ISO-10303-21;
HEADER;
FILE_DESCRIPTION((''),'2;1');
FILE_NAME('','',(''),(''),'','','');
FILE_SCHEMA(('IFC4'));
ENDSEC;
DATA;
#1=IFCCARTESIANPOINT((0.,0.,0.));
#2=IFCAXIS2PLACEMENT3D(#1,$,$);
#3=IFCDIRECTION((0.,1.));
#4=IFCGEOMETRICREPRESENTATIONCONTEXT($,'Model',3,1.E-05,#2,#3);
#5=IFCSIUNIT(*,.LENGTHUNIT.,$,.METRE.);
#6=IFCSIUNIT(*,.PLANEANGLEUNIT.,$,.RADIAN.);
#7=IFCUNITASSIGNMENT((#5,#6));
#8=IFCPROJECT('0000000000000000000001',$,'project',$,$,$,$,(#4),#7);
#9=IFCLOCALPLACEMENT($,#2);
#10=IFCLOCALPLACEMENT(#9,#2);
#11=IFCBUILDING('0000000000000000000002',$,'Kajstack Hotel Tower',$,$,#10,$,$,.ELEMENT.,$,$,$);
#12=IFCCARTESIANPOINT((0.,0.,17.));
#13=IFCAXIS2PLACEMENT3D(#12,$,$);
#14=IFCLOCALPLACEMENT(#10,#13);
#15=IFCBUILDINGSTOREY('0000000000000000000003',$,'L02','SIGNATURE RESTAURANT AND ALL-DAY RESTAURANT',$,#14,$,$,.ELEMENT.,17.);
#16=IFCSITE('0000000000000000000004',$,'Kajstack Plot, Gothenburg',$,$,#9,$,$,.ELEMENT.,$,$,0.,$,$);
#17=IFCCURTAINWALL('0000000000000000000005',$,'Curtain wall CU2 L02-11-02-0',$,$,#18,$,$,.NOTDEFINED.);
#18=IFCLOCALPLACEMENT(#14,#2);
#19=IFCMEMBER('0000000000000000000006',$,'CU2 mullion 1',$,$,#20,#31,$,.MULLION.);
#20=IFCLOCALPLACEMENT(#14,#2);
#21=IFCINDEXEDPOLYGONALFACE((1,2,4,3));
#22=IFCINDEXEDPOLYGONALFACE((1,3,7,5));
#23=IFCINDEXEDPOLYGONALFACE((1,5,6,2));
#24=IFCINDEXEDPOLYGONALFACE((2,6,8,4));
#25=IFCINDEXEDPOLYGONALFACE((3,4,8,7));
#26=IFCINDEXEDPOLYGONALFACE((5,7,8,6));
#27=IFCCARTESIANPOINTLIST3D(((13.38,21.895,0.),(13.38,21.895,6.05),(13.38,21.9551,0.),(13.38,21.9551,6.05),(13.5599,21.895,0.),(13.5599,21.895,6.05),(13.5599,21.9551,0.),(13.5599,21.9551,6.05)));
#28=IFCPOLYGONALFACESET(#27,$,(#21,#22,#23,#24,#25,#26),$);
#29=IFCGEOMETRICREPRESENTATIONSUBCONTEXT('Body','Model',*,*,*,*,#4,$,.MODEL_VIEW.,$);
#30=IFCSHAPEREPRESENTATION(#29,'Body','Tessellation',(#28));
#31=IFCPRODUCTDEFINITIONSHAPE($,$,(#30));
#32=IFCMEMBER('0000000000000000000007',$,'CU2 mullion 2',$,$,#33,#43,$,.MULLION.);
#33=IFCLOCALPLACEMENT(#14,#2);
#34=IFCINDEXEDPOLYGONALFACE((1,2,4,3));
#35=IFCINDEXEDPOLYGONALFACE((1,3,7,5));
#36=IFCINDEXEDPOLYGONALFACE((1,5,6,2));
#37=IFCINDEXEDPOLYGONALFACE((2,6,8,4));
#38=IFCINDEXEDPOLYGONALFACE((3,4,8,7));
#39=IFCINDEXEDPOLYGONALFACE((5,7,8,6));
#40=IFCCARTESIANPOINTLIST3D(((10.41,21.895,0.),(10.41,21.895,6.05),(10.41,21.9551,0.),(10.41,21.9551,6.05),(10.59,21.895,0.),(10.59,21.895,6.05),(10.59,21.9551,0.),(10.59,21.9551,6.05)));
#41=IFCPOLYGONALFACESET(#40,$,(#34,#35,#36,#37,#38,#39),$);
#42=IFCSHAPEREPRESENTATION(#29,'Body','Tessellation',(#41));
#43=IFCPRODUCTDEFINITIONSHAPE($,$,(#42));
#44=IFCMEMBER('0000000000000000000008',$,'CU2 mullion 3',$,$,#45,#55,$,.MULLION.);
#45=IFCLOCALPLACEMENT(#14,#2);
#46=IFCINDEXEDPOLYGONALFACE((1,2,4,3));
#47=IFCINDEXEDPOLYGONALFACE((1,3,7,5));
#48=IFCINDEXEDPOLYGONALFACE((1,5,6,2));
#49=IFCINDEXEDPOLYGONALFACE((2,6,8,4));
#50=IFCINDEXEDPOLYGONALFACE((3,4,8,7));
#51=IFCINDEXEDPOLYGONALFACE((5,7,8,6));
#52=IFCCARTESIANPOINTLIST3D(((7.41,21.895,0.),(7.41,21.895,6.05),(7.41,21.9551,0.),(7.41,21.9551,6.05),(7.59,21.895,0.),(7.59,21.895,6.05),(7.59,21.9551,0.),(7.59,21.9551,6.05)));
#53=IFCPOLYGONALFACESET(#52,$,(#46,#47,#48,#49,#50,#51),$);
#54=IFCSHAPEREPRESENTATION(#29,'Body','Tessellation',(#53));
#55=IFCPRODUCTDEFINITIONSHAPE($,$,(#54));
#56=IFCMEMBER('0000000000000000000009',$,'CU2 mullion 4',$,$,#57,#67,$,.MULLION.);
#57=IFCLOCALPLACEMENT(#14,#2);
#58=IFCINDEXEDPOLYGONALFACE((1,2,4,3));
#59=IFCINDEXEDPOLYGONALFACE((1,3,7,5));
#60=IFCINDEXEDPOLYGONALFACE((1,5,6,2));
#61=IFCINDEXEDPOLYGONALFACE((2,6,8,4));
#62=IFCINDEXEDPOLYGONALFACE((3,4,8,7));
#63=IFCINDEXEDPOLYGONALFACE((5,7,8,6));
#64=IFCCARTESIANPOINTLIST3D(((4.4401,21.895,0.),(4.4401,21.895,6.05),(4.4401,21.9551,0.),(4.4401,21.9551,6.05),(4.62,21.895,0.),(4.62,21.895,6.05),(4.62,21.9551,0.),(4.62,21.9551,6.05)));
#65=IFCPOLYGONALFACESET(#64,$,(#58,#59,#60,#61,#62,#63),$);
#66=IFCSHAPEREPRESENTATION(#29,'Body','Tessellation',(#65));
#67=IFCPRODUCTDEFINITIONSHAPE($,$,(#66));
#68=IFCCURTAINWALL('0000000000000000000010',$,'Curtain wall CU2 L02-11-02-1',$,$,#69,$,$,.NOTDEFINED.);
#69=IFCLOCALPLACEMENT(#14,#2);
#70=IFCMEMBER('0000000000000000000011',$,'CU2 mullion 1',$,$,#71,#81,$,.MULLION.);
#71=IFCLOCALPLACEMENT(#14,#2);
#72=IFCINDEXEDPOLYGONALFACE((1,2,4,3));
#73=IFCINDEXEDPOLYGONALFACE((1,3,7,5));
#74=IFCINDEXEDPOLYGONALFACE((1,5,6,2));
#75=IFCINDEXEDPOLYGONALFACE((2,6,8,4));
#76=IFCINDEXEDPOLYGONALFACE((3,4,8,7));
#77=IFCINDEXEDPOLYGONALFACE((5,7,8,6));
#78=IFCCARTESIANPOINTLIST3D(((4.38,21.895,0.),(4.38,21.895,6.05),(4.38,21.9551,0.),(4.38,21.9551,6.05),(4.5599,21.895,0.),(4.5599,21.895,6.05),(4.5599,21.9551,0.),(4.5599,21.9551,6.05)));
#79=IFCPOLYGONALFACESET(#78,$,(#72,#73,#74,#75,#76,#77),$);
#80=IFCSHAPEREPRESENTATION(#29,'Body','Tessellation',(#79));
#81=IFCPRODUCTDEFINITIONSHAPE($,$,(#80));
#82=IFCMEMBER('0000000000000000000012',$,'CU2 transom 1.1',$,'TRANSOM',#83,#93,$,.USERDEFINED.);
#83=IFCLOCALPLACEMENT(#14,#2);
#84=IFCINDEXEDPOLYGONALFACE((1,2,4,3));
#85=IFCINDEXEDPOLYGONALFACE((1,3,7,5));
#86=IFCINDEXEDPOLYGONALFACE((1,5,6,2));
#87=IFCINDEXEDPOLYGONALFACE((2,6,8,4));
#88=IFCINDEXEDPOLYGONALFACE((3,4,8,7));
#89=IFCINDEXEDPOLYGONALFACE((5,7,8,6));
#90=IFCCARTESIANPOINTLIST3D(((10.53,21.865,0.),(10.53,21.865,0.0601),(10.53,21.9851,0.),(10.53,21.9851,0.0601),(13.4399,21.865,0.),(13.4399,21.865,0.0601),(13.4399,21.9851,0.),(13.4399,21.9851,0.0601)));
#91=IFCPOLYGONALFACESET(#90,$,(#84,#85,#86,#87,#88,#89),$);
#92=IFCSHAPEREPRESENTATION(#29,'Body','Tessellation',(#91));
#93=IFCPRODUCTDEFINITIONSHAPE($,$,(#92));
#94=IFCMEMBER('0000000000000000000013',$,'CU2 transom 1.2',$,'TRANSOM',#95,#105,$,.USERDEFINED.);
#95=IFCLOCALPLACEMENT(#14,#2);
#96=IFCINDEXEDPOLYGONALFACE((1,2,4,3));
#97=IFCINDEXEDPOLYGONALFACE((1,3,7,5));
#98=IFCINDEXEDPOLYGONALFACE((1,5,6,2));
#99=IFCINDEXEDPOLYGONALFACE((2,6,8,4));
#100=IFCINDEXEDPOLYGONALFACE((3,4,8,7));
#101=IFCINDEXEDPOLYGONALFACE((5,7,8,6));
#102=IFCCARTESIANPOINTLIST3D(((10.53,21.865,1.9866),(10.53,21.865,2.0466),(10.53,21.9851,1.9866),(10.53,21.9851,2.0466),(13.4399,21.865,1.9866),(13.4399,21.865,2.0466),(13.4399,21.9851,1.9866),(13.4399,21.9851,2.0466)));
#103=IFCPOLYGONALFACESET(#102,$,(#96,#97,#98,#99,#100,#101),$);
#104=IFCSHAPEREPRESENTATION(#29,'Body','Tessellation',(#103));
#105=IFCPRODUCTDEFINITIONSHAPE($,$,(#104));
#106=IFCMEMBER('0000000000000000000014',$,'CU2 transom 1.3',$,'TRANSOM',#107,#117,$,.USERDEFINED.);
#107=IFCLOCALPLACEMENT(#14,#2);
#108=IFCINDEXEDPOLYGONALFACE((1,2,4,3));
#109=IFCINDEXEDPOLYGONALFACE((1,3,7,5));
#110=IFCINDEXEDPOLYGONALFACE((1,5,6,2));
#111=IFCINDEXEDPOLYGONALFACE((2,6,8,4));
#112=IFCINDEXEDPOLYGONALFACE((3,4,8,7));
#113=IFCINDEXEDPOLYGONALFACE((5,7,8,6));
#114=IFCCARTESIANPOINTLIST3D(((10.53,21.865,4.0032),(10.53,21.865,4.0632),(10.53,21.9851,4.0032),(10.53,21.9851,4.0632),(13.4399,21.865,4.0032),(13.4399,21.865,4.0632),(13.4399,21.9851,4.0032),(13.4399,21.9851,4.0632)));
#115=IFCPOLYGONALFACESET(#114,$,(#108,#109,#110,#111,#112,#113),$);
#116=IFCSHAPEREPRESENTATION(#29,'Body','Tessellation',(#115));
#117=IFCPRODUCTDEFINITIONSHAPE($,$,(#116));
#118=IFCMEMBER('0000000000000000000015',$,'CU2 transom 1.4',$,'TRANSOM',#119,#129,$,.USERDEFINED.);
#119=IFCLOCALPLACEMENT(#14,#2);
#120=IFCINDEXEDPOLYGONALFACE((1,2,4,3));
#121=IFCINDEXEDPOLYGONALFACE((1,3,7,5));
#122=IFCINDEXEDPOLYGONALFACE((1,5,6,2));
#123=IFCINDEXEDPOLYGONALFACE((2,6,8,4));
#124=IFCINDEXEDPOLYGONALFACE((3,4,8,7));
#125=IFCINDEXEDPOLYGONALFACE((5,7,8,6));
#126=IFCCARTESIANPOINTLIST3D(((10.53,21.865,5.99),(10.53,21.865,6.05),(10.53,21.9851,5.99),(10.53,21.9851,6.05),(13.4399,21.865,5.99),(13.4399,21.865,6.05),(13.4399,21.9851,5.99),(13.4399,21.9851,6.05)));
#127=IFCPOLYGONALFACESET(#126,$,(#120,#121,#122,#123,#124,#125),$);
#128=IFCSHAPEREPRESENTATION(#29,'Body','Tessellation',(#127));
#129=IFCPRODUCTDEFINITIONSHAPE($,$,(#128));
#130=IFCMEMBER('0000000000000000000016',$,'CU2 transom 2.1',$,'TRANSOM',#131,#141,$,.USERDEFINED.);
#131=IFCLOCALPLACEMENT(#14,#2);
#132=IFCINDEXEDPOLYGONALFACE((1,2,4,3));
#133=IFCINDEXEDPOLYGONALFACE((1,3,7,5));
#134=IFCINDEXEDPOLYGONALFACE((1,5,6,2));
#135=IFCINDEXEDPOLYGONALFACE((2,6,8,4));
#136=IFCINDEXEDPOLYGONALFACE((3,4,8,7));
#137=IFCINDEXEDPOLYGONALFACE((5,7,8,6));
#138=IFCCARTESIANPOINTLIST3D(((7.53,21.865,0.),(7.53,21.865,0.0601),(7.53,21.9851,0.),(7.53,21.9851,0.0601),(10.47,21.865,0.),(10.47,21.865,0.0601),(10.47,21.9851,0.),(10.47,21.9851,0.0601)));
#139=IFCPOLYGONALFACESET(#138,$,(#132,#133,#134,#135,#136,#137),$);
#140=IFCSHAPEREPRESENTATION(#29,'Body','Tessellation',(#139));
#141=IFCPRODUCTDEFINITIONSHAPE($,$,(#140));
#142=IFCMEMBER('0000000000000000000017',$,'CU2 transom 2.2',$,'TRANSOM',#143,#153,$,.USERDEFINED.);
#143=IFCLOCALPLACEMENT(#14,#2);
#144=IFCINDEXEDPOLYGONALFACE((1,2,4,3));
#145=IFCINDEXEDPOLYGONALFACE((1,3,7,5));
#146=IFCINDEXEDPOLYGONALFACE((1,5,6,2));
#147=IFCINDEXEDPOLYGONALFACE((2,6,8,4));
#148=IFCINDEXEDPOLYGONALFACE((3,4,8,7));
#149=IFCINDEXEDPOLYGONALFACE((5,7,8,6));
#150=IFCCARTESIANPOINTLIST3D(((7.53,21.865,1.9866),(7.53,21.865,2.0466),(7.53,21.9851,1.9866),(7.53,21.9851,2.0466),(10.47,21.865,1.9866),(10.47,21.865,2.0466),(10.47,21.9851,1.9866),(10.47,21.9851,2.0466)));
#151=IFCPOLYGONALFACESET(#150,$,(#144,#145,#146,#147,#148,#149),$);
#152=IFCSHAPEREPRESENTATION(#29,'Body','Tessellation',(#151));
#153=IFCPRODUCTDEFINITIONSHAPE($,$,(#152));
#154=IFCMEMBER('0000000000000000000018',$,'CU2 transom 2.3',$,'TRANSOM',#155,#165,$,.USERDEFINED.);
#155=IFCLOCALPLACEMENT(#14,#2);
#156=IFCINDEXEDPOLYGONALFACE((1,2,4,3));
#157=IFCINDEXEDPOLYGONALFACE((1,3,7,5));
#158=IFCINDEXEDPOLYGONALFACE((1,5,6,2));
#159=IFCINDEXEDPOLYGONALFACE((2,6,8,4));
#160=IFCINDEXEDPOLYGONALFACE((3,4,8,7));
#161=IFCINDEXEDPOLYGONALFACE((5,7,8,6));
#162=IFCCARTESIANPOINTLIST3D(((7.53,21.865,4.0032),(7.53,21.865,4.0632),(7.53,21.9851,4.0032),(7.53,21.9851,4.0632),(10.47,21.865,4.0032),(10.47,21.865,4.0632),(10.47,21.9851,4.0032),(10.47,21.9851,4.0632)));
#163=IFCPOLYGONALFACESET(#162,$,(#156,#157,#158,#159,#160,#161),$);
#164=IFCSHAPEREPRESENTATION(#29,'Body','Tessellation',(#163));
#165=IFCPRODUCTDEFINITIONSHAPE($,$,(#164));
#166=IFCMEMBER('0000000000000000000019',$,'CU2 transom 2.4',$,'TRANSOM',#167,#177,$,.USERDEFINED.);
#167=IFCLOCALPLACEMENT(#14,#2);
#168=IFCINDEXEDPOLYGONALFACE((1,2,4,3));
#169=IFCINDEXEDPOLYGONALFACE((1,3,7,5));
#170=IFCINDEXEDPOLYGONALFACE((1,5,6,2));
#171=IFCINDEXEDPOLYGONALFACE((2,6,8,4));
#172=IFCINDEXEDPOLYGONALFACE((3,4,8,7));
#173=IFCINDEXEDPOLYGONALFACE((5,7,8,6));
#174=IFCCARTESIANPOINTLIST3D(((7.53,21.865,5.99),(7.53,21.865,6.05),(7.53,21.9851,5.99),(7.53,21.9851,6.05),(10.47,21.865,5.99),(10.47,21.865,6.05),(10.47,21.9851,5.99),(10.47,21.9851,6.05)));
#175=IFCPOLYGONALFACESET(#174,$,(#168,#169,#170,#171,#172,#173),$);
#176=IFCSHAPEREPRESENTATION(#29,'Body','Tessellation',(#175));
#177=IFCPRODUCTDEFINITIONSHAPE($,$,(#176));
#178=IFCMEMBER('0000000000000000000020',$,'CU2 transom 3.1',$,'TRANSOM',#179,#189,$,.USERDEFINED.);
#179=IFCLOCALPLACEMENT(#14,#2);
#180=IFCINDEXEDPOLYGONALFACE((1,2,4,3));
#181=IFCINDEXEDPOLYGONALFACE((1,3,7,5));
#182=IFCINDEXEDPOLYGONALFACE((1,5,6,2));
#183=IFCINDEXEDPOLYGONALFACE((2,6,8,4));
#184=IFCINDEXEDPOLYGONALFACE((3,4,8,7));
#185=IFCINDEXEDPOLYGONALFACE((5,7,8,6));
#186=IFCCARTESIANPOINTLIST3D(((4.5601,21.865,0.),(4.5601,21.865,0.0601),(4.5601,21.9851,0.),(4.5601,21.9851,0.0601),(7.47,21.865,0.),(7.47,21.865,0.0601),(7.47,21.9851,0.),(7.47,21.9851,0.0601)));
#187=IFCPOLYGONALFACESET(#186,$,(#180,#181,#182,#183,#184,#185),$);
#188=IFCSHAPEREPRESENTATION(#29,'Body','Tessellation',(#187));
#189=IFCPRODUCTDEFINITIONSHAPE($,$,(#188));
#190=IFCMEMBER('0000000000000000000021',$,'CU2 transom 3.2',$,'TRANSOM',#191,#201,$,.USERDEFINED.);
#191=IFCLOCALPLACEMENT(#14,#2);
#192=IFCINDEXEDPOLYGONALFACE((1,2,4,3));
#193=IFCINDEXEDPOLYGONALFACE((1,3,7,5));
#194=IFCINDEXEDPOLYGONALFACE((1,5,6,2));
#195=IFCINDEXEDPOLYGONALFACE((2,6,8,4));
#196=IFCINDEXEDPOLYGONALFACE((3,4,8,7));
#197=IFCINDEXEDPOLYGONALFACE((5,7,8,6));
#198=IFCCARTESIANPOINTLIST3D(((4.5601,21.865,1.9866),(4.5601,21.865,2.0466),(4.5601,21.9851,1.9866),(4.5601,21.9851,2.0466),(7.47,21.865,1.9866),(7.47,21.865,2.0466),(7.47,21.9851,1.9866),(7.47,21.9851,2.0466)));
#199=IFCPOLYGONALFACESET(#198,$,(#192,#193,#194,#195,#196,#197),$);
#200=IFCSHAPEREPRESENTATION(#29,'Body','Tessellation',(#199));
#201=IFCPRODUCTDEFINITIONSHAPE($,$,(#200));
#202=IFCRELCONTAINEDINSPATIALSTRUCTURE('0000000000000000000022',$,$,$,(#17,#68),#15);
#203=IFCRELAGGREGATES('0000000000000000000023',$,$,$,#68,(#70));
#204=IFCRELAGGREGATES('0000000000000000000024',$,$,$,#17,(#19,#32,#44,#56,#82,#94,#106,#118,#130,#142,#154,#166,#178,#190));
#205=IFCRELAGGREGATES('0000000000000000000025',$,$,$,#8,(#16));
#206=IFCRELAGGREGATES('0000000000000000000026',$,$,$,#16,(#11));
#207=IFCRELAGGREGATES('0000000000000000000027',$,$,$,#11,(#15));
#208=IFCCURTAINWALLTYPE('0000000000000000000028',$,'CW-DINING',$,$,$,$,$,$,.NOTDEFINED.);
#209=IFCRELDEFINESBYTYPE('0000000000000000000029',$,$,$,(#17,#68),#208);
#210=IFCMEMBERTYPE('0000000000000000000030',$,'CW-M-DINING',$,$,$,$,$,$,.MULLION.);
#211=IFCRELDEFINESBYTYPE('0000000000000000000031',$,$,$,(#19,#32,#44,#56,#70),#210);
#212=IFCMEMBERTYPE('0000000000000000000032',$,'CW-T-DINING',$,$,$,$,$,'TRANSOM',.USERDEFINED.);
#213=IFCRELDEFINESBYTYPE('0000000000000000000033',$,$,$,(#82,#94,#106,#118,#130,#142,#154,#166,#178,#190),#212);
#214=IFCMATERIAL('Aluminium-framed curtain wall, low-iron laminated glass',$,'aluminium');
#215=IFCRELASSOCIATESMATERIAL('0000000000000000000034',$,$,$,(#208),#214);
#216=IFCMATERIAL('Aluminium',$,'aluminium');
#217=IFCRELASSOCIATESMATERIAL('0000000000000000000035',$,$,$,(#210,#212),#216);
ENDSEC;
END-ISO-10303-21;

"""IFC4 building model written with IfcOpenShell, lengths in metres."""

from ifc_helpers import new_model, si_unit, direction, frame, origin, origin_2d, place, context, subcontext, project, spatial, rectangle, extrude, material, material_profile, profile_set, type_object, element, aggregate, save


model = new_model("IFC4")

# Units and contexts
model_context = context("Model", 3, precision=1e-05, world=origin(), true_north=direction((0.0, 1.0)))
body_context = subcontext(model_context, "Body", "Model", "MODEL_VIEW")
ifc_project = project(units=[si_unit("LENGTHUNIT", "METRE"), si_unit("PLANEANGLEUNIT", "RADIAN")], contexts=[model_context])

# Site, building, storey
site_placement = place(None, origin())
site = spatial("IfcSite", under=ifc_project, at=site_placement, Name="Kajstack Plot, Gothenburg", CompositionType="ELEMENT", RefElevation=0.0)
building_placement = place(site_placement, origin())
building = spatial("IfcBuilding", under=site, at=building_placement, Name="Kajstack Hotel Tower", CompositionType="ELEMENT")
storey_placement = place(building_placement, frame((0.0, 0.0, 17.0)))
storey = spatial("IfcBuildingStorey", under=building, at=storey_placement, Name="L02", Description="SIGNATURE RESTAURANT AND ALL-DAY RESTAURANT", CompositionType="ELEMENT", Elevation=17.0)

# Curtain wall, members
ifc_material_1 = material(Name="Aluminium-framed curtain wall, low-iron laminated glass", Category="aluminium")
curtain_wall_type = type_object("IfcCurtainWallType", Name="CW-DINING", PredefinedType="NOTDEFINED", material=ifc_material_1)
curtain_wall_1_placement = place(storey_placement, origin())
curtain_wall_1 = element("IfcCurtainWall", 1, at=curtain_wall_1_placement, inside=storey, type_object=curtain_wall_type, Name="Curtain wall CU2 L02-11-02-0", PredefinedType="NOTDEFINED")
ifc_material_2 = material(Name="Aluminium", Category="aluminium")
ifc_material_profile_1 = material_profile(ifc_material_2, rectangle(XDim=0.0601, YDim=0.1799, at=origin_2d()), Name="Aluminium mullion 60 x 180")
ifc_profile_set_1 = profile_set([ifc_material_profile_1], Name="Aluminium")
member_type_1 = type_object("IfcMemberType", Name="CW-M-DINING", PredefinedType="MULLION", material=ifc_profile_set_1)
member_1_placement = place(storey_placement, frame((13.47, 21.925, 0.0), z_axis=(0.0, 0.0, 1.0), x_axis=(0.0, -1.0, 0.0)))
member_1 = element("IfcMember", 2, at=member_1_placement, type_object=member_type_1, Name="CU2 mullion 1", PredefinedType="MULLION", context=body_context, shape_type="SweptSolid", body=[
    extrude(rectangle(XDim=0.0601, YDim=0.1799, at=origin_2d()), origin(), (0.0, 0.0, 1.0), 6.05),
])
member_2_placement = place(storey_placement, frame((10.5, 21.925, 0.0), z_axis=(0.0, 0.0, 1.0), x_axis=(0.0, -1.0, 0.0)))
member_2 = element("IfcMember", 3, at=member_2_placement, type_object=member_type_1, Name="CU2 mullion 2", PredefinedType="MULLION", context=body_context, shape_type="SweptSolid", body=[
    extrude(rectangle(XDim=0.0601, YDim=0.1799, at=origin_2d()), origin(), (0.0, 0.0, 1.0), 6.05),
])
member_3_placement = place(storey_placement, frame((7.5, 21.925, 0.0), z_axis=(0.0, 0.0, 1.0), x_axis=(0.0, -1.0, 0.0)))
member_3 = element("IfcMember", 4, at=member_3_placement, type_object=member_type_1, Name="CU2 mullion 3", PredefinedType="MULLION", context=body_context, shape_type="SweptSolid", body=[
    extrude(rectangle(XDim=0.0601, YDim=0.1799, at=origin_2d()), origin(), (0.0, 0.0, 1.0), 6.05),
])
member_4_placement = place(storey_placement, frame((4.53, 21.925, 0.0), z_axis=(0.0, 0.0, 1.0), x_axis=(0.0, -1.0, 0.0)))
member_4 = element("IfcMember", 5, at=member_4_placement, type_object=member_type_1, Name="CU2 mullion 4", PredefinedType="MULLION", context=body_context, shape_type="SweptSolid", body=[
    extrude(rectangle(XDim=0.0601, YDim=0.1799, at=origin_2d()), origin(), (0.0, 0.0, 1.0), 6.05),
])

# Curtain wall, member
curtain_wall_2_placement = place(storey_placement, origin())
curtain_wall_2 = element("IfcCurtainWall", 6, at=curtain_wall_2_placement, inside=storey, type_object=curtain_wall_type, Name="Curtain wall CU2 L02-11-02-1", PredefinedType="NOTDEFINED")
member_5_placement = place(storey_placement, frame((4.47, 21.925, 0.0), z_axis=(0.0, 0.0, 1.0), x_axis=(0.0, -1.0, 0.0)))
member_5 = element("IfcMember", 7, at=member_5_placement, type_object=member_type_1, Name="CU2 mullion 1", PredefinedType="MULLION", context=body_context, shape_type="SweptSolid", body=[
    extrude(rectangle(XDim=0.0601, YDim=0.1799, at=origin_2d()), origin(), (0.0, 0.0, 1.0), 6.05),
])
aggregate(curtain_wall_2, [member_5])

# Members
ifc_material_profile_2 = material_profile(ifc_material_2, rectangle(XDim=0.1201, YDim=0.0601, at=origin_2d()), Name="Aluminium transom 120 x 60")
ifc_profile_set_2 = profile_set([ifc_material_profile_2], Name="Aluminium")
member_type_2 = type_object("IfcMemberType", Name="CW-T-DINING", ElementType="TRANSOM", PredefinedType="USERDEFINED", material=ifc_profile_set_2)
member_6_placement = place(storey_placement, frame((13.4399, 21.925, 0.03), z_axis=(-1.0, 0.0, 0.0), x_axis=(0.0, -1.0, 0.0)))
member_6 = element("IfcMember", 8, at=member_6_placement, type_object=member_type_2, Name="CU2 transom 1.1", ObjectType="TRANSOM", PredefinedType="USERDEFINED", context=body_context, shape_type="SweptSolid", body=[
    extrude(rectangle(XDim=0.1201, YDim=0.0601, at=origin_2d()), origin(), (0.0, 0.0, 1.0), 2.9099),
])
member_7_placement = place(storey_placement, frame((13.4399, 21.925, 2.0166), z_axis=(-1.0, 0.0, 0.0), x_axis=(0.0, -1.0, 0.0)))
member_7 = element("IfcMember", 9, at=member_7_placement, type_object=member_type_2, Name="CU2 transom 1.2", ObjectType="TRANSOM", PredefinedType="USERDEFINED", context=body_context, shape_type="SweptSolid", body=[
    extrude(rectangle(XDim=0.1201, YDim=0.0601, at=origin_2d()), origin(), (0.0, 0.0, 1.0), 2.9099),
])
member_8_placement = place(storey_placement, frame((13.4399, 21.925, 4.0332), z_axis=(-1.0, 0.0, 0.0), x_axis=(0.0, -1.0, 0.0)))
member_8 = element("IfcMember", 10, at=member_8_placement, type_object=member_type_2, Name="CU2 transom 1.3", ObjectType="TRANSOM", PredefinedType="USERDEFINED", context=body_context, shape_type="SweptSolid", body=[
    extrude(rectangle(XDim=0.1201, YDim=0.0601, at=origin_2d()), origin(), (0.0, 0.0, 1.0), 2.9099),
])
member_9_placement = place(storey_placement, frame((13.4399, 21.925, 6.02), z_axis=(-1.0, 0.0, 0.0), x_axis=(0.0, -1.0, 0.0)))
member_9 = element("IfcMember", 11, at=member_9_placement, type_object=member_type_2, Name="CU2 transom 1.4", ObjectType="TRANSOM", PredefinedType="USERDEFINED", context=body_context, shape_type="SweptSolid", body=[
    extrude(rectangle(XDim=0.1201, YDim=0.0601, at=origin_2d()), origin(), (0.0, 0.0, 1.0), 2.9099),
])
member_10_placement = place(storey_placement, frame((10.47, 21.925, 0.03), z_axis=(-1.0, 0.0, 0.0), x_axis=(0.0, -1.0, 0.0)))
member_10 = element("IfcMember", 12, at=member_10_placement, type_object=member_type_2, Name="CU2 transom 2.1", ObjectType="TRANSOM", PredefinedType="USERDEFINED", context=body_context, shape_type="SweptSolid", body=[
    extrude(rectangle(XDim=0.1201, YDim=0.0601, at=origin_2d()), origin(), (0.0, 0.0, 1.0), 2.9399),
])
member_11_placement = place(storey_placement, frame((10.47, 21.925, 2.0166), z_axis=(-1.0, 0.0, 0.0), x_axis=(0.0, -1.0, 0.0)))
member_11 = element("IfcMember", 13, at=member_11_placement, type_object=member_type_2, Name="CU2 transom 2.2", ObjectType="TRANSOM", PredefinedType="USERDEFINED", context=body_context, shape_type="SweptSolid", body=[
    extrude(rectangle(XDim=0.1201, YDim=0.0601, at=origin_2d()), origin(), (0.0, 0.0, 1.0), 2.9399),
])
member_12_placement = place(storey_placement, frame((10.47, 21.925, 4.0332), z_axis=(-1.0, 0.0, 0.0), x_axis=(0.0, -1.0, 0.0)))
member_12 = element("IfcMember", 14, at=member_12_placement, type_object=member_type_2, Name="CU2 transom 2.3", ObjectType="TRANSOM", PredefinedType="USERDEFINED", context=body_context, shape_type="SweptSolid", body=[
    extrude(rectangle(XDim=0.1201, YDim=0.0601, at=origin_2d()), origin(), (0.0, 0.0, 1.0), 2.9399),
])
member_13_placement = place(storey_placement, frame((10.47, 21.925, 6.02), z_axis=(-1.0, 0.0, 0.0), x_axis=(0.0, -1.0, 0.0)))
member_13 = element("IfcMember", 15, at=member_13_placement, type_object=member_type_2, Name="CU2 transom 2.4", ObjectType="TRANSOM", PredefinedType="USERDEFINED", context=body_context, shape_type="SweptSolid", body=[
    extrude(rectangle(XDim=0.1201, YDim=0.0601, at=origin_2d()), origin(), (0.0, 0.0, 1.0), 2.9399),
])
member_14_placement = place(storey_placement, frame((7.47, 21.925, 0.03), z_axis=(-1.0, 0.0, 0.0), x_axis=(0.0, -1.0, 0.0)))
member_14 = element("IfcMember", 16, at=member_14_placement, type_object=member_type_2, Name="CU2 transom 3.1", ObjectType="TRANSOM", PredefinedType="USERDEFINED", context=body_context, shape_type="SweptSolid", body=[
    extrude(rectangle(XDim=0.1201, YDim=0.0601, at=origin_2d()), origin(), (0.0, 0.0, 1.0), 2.9099),
])
member_15_placement = place(storey_placement, frame((7.47, 21.925, 2.0166), z_axis=(-1.0, 0.0, 0.0), x_axis=(0.0, -1.0, 0.0)))
member_15 = element("IfcMember", 17, at=member_15_placement, type_object=member_type_2, Name="CU2 transom 3.2", ObjectType="TRANSOM", PredefinedType="USERDEFINED", context=body_context, shape_type="SweptSolid", body=[
    extrude(rectangle(XDim=0.1201, YDim=0.0601, at=origin_2d()), origin(), (0.0, 0.0, 1.0), 2.9099),
])

aggregate(curtain_wall_1, [member_1, member_2, member_3, member_4, member_6, member_7, member_8, member_9, member_10, member_11, member_12, member_13, member_14, member_15])

save(model, "model.ifc")
